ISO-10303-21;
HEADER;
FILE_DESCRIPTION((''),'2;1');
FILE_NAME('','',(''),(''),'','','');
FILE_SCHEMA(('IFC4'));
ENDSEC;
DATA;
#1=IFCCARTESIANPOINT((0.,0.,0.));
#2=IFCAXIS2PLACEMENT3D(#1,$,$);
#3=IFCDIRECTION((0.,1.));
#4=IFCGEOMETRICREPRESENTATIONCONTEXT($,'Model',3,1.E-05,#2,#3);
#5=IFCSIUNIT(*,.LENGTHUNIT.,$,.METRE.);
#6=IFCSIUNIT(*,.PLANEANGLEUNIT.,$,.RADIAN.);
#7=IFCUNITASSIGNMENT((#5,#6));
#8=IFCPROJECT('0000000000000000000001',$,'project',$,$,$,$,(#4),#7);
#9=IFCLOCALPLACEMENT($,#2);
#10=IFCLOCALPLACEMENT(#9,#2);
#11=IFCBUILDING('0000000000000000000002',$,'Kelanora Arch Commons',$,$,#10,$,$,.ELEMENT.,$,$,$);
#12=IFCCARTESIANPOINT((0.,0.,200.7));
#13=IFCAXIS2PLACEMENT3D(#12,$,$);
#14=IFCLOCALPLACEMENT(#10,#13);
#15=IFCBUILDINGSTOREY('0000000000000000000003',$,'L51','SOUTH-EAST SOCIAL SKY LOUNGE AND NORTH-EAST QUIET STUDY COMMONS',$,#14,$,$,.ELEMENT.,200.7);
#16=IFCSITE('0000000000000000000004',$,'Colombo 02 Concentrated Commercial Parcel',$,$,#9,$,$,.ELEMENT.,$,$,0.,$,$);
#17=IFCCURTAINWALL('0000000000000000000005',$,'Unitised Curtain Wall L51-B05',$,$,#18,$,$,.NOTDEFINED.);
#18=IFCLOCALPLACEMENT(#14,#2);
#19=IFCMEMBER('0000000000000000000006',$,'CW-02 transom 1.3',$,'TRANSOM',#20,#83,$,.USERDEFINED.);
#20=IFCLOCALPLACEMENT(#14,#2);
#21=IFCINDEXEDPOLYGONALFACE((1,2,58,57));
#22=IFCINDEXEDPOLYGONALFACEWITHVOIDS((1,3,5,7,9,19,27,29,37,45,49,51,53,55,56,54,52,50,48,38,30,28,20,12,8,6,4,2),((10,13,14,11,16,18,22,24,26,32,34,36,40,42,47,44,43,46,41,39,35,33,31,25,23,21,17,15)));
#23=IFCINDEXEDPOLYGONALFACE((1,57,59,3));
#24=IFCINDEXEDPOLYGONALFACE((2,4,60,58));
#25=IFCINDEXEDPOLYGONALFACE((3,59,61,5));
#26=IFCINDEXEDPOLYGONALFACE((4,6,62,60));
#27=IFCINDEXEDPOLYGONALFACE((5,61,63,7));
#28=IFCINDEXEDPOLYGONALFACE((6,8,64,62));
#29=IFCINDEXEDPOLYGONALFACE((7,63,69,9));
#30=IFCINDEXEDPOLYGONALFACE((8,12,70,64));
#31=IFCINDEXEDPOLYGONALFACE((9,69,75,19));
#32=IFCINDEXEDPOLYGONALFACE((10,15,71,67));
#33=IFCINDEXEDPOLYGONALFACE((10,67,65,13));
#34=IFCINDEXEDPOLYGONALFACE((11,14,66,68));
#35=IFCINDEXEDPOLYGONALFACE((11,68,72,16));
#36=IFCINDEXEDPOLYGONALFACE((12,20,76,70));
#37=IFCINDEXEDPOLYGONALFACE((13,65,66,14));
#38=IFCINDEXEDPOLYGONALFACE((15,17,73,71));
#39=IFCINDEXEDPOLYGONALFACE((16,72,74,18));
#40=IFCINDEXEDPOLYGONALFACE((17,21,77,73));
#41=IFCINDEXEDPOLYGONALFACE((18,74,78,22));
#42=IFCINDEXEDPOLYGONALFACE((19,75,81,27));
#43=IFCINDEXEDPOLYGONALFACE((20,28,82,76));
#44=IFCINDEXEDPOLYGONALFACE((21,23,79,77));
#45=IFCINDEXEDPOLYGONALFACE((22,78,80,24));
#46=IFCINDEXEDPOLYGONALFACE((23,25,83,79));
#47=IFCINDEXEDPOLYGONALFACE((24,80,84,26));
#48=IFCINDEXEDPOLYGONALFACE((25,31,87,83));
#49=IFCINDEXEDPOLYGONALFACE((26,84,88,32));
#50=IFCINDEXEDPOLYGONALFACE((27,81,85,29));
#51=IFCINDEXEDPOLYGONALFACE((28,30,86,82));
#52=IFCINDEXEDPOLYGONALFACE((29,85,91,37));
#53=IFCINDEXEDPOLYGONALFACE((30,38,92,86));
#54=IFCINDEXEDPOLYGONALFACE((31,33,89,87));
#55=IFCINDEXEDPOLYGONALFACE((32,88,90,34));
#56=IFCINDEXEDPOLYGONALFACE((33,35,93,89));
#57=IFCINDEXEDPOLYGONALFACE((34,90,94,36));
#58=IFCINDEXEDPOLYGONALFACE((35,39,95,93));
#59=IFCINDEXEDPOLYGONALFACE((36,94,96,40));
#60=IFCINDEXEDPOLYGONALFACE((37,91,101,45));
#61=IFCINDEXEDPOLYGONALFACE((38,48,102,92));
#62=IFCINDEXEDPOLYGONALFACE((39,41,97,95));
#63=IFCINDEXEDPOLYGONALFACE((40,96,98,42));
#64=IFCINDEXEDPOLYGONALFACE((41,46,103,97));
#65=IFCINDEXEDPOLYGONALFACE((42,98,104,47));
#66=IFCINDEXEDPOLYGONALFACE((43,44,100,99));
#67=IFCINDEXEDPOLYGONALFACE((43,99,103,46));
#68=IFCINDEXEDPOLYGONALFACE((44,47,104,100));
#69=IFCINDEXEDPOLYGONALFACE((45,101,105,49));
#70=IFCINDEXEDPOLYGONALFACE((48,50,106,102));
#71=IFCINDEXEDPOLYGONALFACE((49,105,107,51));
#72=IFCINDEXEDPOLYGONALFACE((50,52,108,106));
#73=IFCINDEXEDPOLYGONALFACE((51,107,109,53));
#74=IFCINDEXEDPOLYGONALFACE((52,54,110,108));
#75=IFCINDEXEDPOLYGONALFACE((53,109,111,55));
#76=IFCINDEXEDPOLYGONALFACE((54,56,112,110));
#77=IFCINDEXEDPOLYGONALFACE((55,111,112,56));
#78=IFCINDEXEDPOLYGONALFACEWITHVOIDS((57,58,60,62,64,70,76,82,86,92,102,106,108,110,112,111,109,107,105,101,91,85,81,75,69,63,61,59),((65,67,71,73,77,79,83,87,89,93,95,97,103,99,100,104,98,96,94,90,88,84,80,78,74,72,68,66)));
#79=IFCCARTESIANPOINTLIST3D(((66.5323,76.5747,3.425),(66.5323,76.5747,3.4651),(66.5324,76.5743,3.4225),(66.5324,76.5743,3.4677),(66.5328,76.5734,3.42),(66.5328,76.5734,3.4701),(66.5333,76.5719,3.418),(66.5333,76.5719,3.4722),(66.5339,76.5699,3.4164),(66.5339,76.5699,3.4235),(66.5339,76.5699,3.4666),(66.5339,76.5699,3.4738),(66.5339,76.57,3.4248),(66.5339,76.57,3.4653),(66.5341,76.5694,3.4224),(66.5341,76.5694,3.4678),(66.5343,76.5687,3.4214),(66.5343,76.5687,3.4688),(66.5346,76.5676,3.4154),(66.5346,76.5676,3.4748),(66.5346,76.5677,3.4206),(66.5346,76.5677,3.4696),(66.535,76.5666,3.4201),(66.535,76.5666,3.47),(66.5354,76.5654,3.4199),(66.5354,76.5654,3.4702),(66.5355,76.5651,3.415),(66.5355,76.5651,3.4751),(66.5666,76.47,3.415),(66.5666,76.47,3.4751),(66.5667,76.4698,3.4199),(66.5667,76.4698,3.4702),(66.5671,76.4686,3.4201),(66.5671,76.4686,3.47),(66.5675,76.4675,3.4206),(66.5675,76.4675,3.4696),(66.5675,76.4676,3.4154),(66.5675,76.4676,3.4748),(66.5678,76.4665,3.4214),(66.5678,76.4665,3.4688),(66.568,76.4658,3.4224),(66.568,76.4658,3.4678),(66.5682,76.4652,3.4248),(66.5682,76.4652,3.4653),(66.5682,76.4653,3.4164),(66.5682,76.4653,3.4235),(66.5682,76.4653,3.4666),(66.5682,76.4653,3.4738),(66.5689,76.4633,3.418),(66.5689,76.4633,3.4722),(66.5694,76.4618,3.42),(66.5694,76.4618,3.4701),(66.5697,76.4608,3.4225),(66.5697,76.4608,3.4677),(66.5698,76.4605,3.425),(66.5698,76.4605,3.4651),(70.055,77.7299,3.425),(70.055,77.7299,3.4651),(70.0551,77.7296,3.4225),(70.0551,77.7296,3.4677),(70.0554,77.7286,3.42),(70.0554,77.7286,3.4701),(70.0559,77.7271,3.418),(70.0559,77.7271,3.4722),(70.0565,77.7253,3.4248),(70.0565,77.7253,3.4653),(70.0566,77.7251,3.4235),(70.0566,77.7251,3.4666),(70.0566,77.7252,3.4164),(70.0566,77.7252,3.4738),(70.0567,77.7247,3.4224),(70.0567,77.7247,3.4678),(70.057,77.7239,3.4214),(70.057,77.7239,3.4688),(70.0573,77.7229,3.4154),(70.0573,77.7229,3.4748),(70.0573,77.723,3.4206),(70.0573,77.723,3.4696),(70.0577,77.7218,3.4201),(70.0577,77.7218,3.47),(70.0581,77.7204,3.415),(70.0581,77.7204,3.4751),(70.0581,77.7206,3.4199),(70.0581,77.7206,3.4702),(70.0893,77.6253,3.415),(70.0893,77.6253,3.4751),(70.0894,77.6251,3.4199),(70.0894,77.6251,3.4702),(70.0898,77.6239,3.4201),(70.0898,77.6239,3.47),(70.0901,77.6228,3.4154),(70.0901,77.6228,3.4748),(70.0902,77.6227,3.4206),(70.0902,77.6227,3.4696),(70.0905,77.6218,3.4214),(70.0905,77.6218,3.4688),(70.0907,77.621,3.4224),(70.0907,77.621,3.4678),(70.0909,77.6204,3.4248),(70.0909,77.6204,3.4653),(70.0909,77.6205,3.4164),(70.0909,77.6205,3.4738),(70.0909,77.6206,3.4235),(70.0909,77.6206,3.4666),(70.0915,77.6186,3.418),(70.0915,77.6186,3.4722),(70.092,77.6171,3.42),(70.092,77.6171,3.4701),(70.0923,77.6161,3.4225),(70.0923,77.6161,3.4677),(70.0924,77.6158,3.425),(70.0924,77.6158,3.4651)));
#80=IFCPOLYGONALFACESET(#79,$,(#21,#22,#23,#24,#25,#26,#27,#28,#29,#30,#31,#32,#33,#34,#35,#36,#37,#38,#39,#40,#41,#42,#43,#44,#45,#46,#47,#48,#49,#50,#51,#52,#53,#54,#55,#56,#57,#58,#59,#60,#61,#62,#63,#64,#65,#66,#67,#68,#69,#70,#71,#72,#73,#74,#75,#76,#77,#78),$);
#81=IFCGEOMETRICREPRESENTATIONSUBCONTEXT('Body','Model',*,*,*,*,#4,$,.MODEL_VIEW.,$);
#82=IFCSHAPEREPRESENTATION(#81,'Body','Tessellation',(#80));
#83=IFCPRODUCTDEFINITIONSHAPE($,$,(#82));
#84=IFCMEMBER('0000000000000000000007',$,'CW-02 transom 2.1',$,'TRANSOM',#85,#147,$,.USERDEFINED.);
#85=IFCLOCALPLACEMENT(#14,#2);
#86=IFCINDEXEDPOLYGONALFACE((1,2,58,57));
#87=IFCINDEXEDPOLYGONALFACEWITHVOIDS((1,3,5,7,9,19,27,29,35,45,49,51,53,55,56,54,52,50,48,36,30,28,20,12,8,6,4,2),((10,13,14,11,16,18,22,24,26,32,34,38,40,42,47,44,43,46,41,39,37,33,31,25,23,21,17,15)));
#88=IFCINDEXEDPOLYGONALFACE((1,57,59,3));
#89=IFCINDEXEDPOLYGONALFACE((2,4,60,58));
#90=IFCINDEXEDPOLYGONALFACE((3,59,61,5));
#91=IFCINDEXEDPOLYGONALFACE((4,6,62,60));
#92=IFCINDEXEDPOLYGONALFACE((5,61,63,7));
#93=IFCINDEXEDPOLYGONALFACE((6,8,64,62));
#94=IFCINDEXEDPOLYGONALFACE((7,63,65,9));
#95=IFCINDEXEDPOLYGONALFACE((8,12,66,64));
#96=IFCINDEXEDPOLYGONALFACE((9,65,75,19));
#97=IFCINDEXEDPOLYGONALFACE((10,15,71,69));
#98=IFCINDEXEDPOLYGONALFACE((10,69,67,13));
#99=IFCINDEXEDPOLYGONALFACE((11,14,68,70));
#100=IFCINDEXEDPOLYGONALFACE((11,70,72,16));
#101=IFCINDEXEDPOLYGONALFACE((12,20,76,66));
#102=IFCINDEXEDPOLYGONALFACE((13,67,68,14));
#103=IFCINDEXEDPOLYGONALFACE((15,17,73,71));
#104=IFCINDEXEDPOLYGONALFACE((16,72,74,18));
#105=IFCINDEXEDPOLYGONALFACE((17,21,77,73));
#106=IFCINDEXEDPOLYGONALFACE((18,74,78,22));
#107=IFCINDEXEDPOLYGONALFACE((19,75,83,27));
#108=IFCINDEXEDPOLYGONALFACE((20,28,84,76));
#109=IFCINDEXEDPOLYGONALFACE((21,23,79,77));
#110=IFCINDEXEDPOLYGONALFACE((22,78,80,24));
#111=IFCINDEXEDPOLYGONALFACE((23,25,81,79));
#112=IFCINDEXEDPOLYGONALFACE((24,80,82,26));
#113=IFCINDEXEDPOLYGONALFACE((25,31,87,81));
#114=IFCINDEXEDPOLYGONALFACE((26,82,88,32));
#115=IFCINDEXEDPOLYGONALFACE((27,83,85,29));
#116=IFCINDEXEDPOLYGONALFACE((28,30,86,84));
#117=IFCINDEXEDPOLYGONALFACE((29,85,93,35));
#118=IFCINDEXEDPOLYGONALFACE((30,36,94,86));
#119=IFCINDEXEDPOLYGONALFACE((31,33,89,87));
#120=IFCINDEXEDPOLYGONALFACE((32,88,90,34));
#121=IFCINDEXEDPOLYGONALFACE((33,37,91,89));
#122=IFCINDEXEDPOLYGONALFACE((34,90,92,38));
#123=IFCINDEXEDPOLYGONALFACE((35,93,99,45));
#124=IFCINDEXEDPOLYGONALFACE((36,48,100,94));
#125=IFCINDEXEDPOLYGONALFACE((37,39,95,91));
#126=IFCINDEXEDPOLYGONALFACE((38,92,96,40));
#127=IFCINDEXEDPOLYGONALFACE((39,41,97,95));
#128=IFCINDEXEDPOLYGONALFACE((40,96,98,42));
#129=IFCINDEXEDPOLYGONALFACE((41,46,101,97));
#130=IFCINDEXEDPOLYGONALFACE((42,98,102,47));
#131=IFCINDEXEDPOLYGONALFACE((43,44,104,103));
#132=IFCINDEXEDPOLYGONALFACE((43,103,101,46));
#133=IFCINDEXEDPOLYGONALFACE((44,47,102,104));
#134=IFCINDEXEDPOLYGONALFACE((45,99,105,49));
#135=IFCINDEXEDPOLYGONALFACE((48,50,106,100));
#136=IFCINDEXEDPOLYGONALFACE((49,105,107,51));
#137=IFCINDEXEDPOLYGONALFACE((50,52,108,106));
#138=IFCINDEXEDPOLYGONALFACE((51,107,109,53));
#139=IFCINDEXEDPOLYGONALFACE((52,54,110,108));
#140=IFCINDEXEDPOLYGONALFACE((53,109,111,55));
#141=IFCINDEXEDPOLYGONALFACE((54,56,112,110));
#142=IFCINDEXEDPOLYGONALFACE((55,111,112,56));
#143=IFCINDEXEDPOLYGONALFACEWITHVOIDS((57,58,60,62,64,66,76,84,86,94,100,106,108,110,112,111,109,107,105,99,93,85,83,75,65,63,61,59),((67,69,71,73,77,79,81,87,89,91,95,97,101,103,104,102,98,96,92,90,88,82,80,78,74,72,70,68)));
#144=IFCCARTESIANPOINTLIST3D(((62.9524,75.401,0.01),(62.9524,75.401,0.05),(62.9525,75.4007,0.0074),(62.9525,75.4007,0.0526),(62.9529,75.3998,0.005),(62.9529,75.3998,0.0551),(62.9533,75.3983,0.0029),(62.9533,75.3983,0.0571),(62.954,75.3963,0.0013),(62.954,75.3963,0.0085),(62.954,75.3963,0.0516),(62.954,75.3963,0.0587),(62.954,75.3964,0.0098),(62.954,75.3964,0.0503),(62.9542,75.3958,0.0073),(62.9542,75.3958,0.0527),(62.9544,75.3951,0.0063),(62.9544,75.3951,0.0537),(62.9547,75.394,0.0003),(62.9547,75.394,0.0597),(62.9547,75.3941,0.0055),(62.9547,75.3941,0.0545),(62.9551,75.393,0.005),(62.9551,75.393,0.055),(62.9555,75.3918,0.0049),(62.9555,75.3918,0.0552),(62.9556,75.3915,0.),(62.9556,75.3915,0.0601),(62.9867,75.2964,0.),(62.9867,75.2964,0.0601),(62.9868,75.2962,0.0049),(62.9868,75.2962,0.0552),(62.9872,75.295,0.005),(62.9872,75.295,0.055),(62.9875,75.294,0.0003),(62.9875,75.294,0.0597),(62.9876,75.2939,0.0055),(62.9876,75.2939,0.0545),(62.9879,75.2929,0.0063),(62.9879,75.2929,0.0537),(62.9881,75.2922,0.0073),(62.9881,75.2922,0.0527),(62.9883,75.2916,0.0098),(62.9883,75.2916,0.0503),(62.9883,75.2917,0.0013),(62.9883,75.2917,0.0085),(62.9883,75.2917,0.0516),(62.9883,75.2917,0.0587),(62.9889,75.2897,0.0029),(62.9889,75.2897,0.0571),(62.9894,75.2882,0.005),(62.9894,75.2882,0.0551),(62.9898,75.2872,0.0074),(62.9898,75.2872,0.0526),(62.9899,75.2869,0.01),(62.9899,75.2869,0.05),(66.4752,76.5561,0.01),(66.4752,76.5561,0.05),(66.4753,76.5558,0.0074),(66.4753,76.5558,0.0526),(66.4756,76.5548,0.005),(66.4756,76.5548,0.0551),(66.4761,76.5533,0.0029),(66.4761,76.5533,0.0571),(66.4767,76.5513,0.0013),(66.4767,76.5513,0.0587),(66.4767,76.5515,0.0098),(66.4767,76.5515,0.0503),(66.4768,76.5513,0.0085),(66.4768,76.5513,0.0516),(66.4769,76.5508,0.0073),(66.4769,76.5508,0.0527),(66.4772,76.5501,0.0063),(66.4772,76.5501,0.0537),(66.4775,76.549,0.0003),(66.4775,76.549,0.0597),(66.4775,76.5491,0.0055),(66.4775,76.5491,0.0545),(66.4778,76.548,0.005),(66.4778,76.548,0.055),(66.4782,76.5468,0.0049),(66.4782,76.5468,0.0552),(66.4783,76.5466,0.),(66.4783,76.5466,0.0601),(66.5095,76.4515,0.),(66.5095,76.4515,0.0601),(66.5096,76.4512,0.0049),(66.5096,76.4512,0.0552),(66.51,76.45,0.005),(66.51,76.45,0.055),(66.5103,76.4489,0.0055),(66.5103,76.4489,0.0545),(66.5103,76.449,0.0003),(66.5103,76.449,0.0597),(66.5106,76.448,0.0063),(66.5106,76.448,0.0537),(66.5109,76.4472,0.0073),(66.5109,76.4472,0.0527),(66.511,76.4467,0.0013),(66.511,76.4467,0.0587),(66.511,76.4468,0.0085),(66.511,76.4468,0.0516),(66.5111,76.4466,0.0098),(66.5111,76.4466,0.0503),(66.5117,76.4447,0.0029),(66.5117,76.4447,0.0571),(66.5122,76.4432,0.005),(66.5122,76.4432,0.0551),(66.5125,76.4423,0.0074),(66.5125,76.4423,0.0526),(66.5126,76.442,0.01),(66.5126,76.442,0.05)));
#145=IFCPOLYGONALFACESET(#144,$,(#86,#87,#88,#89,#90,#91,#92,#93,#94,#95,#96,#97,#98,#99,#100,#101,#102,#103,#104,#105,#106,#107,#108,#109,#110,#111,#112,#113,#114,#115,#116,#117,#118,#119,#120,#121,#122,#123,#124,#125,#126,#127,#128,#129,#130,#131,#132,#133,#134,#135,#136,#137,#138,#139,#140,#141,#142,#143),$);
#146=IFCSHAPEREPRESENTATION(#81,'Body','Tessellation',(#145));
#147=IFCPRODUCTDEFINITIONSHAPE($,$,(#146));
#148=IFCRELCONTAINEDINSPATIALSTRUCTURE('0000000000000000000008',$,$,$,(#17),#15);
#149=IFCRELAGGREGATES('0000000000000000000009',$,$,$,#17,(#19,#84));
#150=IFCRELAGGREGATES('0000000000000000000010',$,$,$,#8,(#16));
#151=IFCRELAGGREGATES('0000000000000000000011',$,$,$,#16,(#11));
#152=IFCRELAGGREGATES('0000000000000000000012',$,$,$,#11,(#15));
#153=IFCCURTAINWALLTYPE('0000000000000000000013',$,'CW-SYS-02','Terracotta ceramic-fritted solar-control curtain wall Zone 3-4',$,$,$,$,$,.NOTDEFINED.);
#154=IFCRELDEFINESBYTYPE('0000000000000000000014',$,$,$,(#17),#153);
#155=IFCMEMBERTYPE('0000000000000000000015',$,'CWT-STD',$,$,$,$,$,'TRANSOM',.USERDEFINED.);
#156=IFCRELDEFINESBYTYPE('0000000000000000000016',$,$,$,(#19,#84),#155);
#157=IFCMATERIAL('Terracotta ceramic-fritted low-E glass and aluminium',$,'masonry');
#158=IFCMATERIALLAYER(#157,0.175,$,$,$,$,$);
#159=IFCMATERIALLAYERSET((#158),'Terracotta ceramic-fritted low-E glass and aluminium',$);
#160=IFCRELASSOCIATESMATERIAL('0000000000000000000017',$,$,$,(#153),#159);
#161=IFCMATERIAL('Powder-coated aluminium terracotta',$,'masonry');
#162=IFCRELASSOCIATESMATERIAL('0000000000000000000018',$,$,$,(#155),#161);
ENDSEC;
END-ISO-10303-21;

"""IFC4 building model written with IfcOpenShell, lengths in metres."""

from ifc_helpers import new_model, si_unit, direction, frame, origin, origin_2d, place, context, subcontext, project, spatial, hollow_rectangle, extrude, material, layer, layer_set, material_profile, profile_set, type_object, element, aggregate, save


model = new_model("IFC4")

# Units and contexts
model_context = context("Model", 3, precision=1e-05, world=origin(), true_north=direction((0.0, 1.0)))
body_context = subcontext(model_context, "Body", "Model", "MODEL_VIEW")
ifc_project = project(units=[si_unit("LENGTHUNIT", "METRE"), si_unit("PLANEANGLEUNIT", "RADIAN")], contexts=[model_context])

# Site, building, storey
site_placement = place(None, origin())
site = spatial("IfcSite", under=ifc_project, at=site_placement, Name="Colombo 02 Concentrated Commercial Parcel", CompositionType="ELEMENT", RefElevation=0.0)
building_placement = place(site_placement, origin())
building = spatial("IfcBuilding", under=site, at=building_placement, Name="Kelanora Arch Commons", CompositionType="ELEMENT")
storey_placement = place(building_placement, frame((0.0, 0.0, 200.7)))
storey = spatial("IfcBuildingStorey", under=building, at=storey_placement, Name="L51", Description="SOUTH-EAST SOCIAL SKY LOUNGE AND NORTH-EAST QUIET STUDY COMMONS", CompositionType="ELEMENT", Elevation=200.7)

# Curtain wall, members
ifc_material_1 = material(Name="Terracotta ceramic-fritted low-E glass and aluminium", Category="masonry")
ifc_layer_1 = layer(ifc_material_1, 0.175)
ifc_layer_set_1 = layer_set([ifc_layer_1], Name="Terracotta ceramic-fritted low-E glass and aluminium")
curtain_wall_type = type_object("IfcCurtainWallType", Name="CW-SYS-02", Description="Terracotta ceramic-fritted solar-control curtain wall Zone 3-4", PredefinedType="NOTDEFINED", material=ifc_layer_set_1)
curtain_wall_placement = place(storey_placement, origin())
curtain_wall = element("IfcCurtainWall", 1, at=curtain_wall_placement, inside=storey, type_object=curtain_wall_type, Name="Unitised Curtain Wall L51-B05", PredefinedType="NOTDEFINED")
ifc_material_2 = material(Name="Powder-coated aluminium terracotta", Category="masonry")
ifc_material_profile_1 = material_profile(ifc_material_2, hollow_rectangle(XDim=0.1201, YDim=0.0601, WallThickness=0.0049, InnerFilletRadius=0.0049, OuterFilletRadius=0.01, at=origin_2d()), Name="CWT120x60")
ifc_profile_set_1 = profile_set([ifc_material_profile_1], Name="Powder-coated aluminium terracotta")
member_type_1 = type_object("IfcMemberType", Name="CWT-STD", ElementType="TRANSOM", PredefinedType="USERDEFINED", material=ifc_profile_set_1)
member_1_placement = place(storey_placement, frame((70.0737, 77.6729, 3.4451), z_axis=(-0.950207, -0.311621, 0.0), x_axis=(0.311621, -0.950207, 0.0)))
member_1 = element("IfcMember", 2, at=member_1_placement, type_object=member_type_1, Name="CW-02 transom 1.3", ObjectType="TRANSOM", PredefinedType="USERDEFINED", context=body_context, shape_type="SweptSolid", body=[
    extrude(hollow_rectangle(XDim=0.1201, YDim=0.0601, WallThickness=0.0049, InnerFilletRadius=0.0049, OuterFilletRadius=0.01, at=origin_2d()), origin(), (0.0, 0.0, 1.0), 3.7073),
])
member_2_placement = place(storey_placement, frame((66.4939, 76.499, 0.03), z_axis=(-0.950226, -0.311561, 0.0), x_axis=(0.311561, -0.950226, 0.0)))
member_2 = element("IfcMember", 3, at=member_2_placement, type_object=member_type_1, Name="CW-02 transom 2.1", ObjectType="TRANSOM", PredefinedType="USERDEFINED", context=body_context, shape_type="SweptSolid", body=[
    extrude(hollow_rectangle(XDim=0.1201, YDim=0.0601, WallThickness=0.0049, InnerFilletRadius=0.0049, OuterFilletRadius=0.01, at=origin_2d()), origin(), (0.0, 0.0, 1.0), 3.7073),
])
aggregate(curtain_wall, [member_1, member_2])

save(model, "model.ifc")
